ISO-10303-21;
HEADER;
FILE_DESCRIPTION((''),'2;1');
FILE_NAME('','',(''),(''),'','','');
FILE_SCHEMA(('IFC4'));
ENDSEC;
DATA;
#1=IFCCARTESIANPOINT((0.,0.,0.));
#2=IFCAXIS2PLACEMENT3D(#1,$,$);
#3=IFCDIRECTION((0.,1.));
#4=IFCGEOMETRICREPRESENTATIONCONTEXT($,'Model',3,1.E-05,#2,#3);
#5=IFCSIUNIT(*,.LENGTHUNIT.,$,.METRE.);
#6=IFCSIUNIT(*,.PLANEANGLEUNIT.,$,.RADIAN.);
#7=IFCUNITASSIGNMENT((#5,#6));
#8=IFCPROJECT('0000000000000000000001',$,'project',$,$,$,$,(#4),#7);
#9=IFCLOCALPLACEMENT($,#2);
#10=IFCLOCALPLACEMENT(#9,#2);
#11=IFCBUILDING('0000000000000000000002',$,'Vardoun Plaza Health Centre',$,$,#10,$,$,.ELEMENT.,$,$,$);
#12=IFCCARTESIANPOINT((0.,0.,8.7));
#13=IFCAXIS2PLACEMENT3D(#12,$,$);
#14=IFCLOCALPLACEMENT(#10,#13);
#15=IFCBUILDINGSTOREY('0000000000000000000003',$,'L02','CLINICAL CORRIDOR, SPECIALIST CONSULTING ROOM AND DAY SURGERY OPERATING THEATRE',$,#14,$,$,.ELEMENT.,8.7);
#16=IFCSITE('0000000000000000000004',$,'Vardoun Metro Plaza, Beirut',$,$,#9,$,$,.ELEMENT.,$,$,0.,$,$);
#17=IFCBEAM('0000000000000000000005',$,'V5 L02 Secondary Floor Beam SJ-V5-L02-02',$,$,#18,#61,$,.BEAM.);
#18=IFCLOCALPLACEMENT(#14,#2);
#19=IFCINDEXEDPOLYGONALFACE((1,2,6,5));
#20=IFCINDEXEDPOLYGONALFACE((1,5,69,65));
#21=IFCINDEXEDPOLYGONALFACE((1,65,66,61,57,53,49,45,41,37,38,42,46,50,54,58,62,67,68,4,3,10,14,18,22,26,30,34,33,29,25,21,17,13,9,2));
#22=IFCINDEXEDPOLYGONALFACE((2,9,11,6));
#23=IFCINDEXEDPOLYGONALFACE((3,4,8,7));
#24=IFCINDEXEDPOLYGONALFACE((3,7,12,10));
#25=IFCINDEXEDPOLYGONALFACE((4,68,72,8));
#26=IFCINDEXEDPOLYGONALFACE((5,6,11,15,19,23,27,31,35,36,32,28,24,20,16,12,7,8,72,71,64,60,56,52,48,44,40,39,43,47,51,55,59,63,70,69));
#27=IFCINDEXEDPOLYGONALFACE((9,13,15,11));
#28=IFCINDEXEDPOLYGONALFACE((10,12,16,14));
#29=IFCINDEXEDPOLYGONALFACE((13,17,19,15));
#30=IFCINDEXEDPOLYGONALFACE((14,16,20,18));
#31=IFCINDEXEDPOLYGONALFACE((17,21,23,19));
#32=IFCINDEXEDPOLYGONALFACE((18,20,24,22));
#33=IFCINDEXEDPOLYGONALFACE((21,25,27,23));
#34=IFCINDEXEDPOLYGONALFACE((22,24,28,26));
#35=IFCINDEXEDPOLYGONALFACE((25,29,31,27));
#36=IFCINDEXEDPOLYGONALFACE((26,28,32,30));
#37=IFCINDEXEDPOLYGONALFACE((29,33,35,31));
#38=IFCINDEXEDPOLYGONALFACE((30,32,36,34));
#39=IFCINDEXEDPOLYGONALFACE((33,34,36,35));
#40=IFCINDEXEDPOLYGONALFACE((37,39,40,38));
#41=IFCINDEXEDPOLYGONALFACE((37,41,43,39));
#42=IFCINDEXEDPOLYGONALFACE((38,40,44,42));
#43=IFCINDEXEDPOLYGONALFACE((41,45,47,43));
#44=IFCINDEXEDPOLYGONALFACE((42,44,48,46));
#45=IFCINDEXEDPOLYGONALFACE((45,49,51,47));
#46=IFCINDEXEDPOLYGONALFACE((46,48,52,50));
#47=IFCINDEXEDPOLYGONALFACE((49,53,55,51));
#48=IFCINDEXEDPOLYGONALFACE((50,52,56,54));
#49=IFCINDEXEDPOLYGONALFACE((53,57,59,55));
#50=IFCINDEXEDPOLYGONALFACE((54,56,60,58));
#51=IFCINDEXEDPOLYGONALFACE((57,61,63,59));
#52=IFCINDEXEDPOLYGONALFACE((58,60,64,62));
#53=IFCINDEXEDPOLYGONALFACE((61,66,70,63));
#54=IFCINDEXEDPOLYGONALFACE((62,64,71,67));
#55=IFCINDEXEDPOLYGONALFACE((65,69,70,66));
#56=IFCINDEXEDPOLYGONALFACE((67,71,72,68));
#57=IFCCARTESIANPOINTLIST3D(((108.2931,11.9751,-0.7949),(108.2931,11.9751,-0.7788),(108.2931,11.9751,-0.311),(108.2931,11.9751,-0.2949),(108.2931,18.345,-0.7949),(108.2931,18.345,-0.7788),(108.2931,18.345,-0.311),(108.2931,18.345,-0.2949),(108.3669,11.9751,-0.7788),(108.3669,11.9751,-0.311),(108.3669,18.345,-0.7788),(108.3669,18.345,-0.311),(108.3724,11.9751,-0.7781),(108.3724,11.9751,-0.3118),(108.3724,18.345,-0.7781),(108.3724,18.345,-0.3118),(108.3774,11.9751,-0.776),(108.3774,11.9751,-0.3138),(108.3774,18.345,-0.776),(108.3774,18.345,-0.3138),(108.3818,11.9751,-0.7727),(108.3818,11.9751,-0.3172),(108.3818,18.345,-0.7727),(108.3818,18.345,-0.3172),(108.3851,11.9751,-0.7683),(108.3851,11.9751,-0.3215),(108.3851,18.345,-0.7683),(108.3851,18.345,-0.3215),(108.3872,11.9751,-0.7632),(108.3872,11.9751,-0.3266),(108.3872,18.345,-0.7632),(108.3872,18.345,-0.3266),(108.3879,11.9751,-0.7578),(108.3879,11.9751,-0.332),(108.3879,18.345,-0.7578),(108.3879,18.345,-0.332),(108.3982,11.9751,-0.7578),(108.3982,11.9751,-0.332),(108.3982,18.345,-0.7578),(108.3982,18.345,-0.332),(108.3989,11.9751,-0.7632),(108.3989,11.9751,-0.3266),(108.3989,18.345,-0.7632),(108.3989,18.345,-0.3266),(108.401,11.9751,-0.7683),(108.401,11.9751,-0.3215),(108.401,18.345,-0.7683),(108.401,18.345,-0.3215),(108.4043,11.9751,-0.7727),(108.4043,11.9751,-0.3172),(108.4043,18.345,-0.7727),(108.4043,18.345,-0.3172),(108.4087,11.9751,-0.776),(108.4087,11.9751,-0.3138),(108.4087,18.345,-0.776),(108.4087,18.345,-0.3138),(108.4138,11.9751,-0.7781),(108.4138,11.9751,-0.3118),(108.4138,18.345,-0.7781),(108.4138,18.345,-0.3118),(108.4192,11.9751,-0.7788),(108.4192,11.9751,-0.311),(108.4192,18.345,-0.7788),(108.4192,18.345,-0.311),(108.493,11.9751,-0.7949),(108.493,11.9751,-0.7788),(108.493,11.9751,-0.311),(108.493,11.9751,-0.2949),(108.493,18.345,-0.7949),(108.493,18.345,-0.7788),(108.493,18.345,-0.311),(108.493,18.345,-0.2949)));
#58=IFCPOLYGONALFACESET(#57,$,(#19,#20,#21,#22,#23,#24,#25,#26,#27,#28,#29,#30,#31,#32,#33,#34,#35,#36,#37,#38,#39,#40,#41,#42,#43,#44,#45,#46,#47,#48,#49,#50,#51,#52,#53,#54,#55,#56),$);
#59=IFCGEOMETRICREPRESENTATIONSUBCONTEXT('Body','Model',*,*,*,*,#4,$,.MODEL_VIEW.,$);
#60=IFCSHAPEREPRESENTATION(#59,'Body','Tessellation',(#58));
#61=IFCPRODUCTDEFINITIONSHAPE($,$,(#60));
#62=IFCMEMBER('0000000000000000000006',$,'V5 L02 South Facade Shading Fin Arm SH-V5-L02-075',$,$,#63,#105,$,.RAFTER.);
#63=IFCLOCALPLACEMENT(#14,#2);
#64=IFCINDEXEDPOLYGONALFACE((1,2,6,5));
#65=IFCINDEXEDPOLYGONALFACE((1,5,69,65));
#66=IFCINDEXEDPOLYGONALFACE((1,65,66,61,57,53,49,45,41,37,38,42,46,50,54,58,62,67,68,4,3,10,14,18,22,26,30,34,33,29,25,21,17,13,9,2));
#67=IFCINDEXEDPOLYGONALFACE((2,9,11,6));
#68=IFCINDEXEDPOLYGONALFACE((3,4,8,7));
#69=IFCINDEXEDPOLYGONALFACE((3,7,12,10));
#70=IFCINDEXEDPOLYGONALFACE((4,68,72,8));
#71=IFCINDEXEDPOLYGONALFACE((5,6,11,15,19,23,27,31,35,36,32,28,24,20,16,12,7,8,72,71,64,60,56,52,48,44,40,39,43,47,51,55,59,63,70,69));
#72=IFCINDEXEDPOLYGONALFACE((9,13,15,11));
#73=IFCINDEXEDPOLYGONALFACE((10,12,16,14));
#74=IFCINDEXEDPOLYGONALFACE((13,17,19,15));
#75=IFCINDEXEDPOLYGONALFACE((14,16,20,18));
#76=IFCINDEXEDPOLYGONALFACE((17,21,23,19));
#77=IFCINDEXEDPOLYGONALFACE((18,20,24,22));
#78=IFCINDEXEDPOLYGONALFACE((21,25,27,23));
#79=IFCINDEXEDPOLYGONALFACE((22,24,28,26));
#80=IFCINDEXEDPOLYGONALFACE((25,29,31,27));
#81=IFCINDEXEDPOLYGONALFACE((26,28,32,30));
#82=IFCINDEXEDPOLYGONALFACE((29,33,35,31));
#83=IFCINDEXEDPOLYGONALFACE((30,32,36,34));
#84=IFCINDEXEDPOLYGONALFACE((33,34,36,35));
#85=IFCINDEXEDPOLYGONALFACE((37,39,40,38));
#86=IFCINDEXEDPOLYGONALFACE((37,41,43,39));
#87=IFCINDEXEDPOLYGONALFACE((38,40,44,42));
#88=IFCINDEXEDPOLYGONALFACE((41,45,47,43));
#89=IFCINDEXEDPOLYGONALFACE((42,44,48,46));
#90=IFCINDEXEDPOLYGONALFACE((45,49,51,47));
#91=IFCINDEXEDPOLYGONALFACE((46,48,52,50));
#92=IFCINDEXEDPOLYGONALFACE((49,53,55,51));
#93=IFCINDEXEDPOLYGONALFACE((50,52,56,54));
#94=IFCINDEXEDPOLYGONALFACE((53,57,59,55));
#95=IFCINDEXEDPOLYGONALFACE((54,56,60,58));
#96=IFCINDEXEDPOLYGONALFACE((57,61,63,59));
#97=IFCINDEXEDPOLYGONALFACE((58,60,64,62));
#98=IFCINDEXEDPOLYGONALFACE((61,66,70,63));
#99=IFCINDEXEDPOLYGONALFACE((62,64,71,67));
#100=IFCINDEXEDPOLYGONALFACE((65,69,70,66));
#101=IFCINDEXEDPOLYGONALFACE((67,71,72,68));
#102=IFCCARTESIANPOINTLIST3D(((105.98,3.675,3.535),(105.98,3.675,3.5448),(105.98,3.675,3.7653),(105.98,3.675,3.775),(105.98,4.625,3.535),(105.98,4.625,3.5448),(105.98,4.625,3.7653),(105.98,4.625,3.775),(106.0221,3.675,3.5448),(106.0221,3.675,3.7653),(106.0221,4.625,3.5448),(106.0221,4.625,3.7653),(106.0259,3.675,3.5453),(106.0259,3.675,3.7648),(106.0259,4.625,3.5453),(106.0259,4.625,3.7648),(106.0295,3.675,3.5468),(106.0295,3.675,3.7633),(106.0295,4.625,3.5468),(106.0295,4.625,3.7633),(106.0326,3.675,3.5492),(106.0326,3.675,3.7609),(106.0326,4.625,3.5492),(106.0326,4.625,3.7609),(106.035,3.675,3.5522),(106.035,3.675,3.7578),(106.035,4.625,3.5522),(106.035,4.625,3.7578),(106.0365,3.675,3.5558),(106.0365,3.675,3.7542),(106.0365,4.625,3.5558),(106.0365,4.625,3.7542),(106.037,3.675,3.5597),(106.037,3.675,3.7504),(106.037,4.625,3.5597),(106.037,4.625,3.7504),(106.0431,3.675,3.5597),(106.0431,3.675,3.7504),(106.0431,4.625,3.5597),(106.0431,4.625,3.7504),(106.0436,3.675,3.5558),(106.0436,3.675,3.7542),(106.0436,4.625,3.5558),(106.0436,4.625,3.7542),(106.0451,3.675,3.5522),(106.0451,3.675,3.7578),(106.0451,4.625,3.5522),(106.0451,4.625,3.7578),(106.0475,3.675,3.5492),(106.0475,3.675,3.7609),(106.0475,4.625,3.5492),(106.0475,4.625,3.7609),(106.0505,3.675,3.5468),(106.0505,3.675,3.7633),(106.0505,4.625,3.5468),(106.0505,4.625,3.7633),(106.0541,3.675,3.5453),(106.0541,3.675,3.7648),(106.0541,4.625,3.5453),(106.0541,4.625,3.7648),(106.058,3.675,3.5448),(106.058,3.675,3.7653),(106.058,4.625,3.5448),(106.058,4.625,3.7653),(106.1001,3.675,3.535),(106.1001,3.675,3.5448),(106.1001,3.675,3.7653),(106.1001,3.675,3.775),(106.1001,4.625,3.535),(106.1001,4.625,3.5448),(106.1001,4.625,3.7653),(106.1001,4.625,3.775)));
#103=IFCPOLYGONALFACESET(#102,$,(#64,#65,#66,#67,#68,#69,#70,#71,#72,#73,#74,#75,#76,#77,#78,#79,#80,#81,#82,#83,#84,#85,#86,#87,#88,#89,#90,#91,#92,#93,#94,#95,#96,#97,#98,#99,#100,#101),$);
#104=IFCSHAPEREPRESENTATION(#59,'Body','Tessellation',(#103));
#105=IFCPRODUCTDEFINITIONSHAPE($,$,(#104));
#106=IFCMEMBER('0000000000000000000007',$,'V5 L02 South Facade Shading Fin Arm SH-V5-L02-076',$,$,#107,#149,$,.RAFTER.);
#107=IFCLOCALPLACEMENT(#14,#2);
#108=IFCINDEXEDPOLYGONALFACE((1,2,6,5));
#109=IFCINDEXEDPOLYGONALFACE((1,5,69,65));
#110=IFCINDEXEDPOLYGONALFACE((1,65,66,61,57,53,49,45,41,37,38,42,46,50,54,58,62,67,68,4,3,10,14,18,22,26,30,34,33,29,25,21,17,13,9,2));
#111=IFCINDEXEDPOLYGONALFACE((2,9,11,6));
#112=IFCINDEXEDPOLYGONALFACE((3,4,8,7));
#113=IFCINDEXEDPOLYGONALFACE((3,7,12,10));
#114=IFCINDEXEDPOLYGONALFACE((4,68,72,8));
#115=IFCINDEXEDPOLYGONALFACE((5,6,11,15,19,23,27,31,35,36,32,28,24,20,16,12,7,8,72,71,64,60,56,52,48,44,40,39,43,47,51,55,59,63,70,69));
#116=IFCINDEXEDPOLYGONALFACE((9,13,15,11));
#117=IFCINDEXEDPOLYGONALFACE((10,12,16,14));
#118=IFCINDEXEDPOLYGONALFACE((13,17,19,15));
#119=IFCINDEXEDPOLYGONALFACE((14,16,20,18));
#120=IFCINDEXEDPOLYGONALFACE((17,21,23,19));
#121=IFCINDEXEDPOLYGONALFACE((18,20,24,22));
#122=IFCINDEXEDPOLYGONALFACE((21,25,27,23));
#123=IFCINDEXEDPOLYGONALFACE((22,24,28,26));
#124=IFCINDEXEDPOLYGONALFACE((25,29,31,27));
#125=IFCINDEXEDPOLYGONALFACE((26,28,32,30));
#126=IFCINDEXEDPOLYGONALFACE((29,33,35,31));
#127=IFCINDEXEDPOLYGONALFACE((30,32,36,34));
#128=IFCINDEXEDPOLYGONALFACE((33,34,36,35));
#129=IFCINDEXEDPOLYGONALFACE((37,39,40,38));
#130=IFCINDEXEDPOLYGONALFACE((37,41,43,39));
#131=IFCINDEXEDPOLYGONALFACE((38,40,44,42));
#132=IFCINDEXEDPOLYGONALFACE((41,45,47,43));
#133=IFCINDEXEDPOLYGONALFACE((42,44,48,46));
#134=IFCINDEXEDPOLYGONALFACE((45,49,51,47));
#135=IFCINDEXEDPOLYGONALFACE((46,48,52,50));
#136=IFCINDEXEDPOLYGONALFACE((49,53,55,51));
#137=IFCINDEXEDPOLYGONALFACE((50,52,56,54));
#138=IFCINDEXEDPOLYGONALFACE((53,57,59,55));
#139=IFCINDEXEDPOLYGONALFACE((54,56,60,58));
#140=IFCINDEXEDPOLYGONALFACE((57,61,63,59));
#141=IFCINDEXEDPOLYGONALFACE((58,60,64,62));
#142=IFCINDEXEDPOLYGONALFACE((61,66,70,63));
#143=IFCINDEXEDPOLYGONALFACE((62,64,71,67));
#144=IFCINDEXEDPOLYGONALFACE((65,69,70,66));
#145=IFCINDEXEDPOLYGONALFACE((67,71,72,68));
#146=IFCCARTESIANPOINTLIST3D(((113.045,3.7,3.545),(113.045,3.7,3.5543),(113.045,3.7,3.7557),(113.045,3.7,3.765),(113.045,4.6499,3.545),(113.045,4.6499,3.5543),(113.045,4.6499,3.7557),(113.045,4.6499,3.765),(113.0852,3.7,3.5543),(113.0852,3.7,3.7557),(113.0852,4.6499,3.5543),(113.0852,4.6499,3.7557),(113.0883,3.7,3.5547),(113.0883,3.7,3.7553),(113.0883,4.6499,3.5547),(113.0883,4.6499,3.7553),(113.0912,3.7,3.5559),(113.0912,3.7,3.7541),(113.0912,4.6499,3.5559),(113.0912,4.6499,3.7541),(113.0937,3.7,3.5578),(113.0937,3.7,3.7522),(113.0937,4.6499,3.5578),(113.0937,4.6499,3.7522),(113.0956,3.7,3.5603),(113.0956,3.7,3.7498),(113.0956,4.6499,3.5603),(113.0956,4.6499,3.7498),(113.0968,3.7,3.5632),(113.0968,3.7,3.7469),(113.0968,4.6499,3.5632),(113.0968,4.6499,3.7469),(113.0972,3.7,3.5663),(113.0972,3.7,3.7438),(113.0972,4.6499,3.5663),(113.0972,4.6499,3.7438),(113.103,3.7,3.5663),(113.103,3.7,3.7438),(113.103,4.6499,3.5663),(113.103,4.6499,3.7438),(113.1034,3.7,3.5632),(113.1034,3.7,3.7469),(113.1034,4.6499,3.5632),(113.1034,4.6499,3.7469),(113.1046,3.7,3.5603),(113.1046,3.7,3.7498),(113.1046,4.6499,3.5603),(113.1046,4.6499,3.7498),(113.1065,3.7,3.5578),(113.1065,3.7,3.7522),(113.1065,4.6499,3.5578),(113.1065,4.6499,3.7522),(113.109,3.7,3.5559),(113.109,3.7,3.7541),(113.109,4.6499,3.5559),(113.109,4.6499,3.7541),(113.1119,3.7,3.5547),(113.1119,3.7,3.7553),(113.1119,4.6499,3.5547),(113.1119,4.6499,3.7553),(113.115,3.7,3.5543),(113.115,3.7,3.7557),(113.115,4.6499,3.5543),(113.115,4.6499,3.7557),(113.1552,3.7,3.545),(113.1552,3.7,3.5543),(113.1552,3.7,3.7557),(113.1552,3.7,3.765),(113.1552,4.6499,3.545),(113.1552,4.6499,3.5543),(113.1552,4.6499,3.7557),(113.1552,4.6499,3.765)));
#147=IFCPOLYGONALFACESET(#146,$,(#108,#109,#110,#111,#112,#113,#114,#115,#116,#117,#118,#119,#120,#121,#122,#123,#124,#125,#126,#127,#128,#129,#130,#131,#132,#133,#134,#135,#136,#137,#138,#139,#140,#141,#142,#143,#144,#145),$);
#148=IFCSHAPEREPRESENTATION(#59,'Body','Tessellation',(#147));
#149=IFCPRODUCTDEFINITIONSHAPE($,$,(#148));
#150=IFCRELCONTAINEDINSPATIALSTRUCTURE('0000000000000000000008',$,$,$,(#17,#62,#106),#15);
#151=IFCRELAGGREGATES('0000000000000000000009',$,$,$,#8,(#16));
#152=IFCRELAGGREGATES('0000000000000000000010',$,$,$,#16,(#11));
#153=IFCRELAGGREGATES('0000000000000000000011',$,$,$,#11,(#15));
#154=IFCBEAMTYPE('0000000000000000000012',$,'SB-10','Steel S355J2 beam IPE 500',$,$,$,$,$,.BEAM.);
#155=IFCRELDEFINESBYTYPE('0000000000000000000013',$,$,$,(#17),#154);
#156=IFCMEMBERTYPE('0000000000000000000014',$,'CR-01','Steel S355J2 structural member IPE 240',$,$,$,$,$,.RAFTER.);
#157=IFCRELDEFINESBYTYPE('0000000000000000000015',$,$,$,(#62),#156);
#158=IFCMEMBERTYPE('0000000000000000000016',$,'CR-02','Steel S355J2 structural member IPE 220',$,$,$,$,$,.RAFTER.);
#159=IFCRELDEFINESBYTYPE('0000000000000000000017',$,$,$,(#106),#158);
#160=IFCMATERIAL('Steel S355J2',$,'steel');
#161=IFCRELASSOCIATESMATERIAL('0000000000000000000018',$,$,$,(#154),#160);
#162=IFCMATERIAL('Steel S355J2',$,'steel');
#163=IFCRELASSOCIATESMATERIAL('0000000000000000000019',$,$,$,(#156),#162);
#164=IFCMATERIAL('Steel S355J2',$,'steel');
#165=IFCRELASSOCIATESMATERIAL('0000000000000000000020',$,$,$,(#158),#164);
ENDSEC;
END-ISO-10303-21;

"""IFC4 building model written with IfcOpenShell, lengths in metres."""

from ifc_helpers import new_model, si_unit, direction, frame, origin, origin_2d, place, context, subcontext, project, spatial, i_section, extrude, material, material_profile, profile_set, type_object, element, save


model = new_model("IFC4")

# Units and contexts
model_context = context("Model", 3, precision=1e-05, world=origin(), true_north=direction((0.0, 1.0)))
body_context = subcontext(model_context, "Body", "Model", "MODEL_VIEW")
ifc_project = project(units=[si_unit("LENGTHUNIT", "METRE"), si_unit("PLANEANGLEUNIT", "RADIAN")], contexts=[model_context])

# Site, building, storey
site_placement = place(None, origin())
site = spatial("IfcSite", under=ifc_project, at=site_placement, Name="Vardoun Metro Plaza, Beirut", CompositionType="ELEMENT", RefElevation=0.0)
building_placement = place(site_placement, origin())
building = spatial("IfcBuilding", under=site, at=building_placement, Name="Vardoun Plaza Health Centre", CompositionType="ELEMENT")
storey_placement = place(building_placement, frame((0.0, 0.0, 8.7)))
storey = spatial("IfcBuildingStorey", under=building, at=storey_placement, Name="L02", Description="CLINICAL CORRIDOR, SPECIALIST CONSULTING ROOM AND DAY SURGERY OPERATING THEATRE", CompositionType="ELEMENT", Elevation=8.7)

# Beam
ifc_material_1 = material(Name="Steel S355J2", Category="steel")
ifc_material_profile_1 = material_profile(ifc_material_1, i_section(OverallWidth=0.2, OverallDepth=0.5, WebThickness=0.0103, FlangeThickness=0.0161, FilletRadius=0.021, at=origin_2d()), Name="IPE 500")
ifc_profile_set_1 = profile_set([ifc_material_profile_1], Name="Steel S355J2")
beam_type_1 = type_object("IfcBeamType", Name="SB-10", Description="Steel S355J2 beam IPE 500", PredefinedType="BEAM", material=ifc_profile_set_1)
beam_1_placement = place(storey_placement, frame((108.3931, 11.9751, -0.5449), z_axis=(0.0, 1.0, 0.0), x_axis=(-1.0, 0.0, 0.0)))
element("IfcBeam", 1, at=beam_1_placement, inside=storey, type_object=beam_type_1, Name="V5 L02 Secondary Floor Beam SJ-V5-L02-02", PredefinedType="BEAM", context=body_context, shape_type="SweptSolid", body=[
    extrude(i_section(OverallWidth=0.2, OverallDepth=0.5, WebThickness=0.0103, FlangeThickness=0.0161, FilletRadius=0.021, at=origin_2d()), origin(), (0.0, 0.0, 1.0), 6.3699),
])

# Members
ifc_material_2 = material(Name="Steel S355J2", Category="steel")
ifc_material_profile_2 = material_profile(ifc_material_2, i_section(OverallWidth=0.1201, OverallDepth=0.24, WebThickness=0.0061, FlangeThickness=0.0098, FilletRadius=0.0149, at=origin_2d()), Name="IPE 240")
ifc_profile_set_2 = profile_set([ifc_material_profile_2], Name="Steel S355J2")
member_type_1 = type_object("IfcMemberType", Name="CR-01", Description="Steel S355J2 structural member IPE 240", PredefinedType="RAFTER", material=ifc_profile_set_2)
member_1_placement = place(storey_placement, frame((106.04, 4.625, 3.655), z_axis=(0.0, -1.0, 0.0), x_axis=(1.0, 0.0, 0.0)))
element("IfcMember", 2, at=member_1_placement, inside=storey, type_object=member_type_1, Name="V5 L02 South Facade Shading Fin Arm SH-V5-L02-075", PredefinedType="RAFTER", context=body_context, shape_type="SweptSolid", body=[
    extrude(i_section(OverallWidth=0.1201, OverallDepth=0.24, WebThickness=0.0061, FlangeThickness=0.0098, FilletRadius=0.0149, at=origin_2d()), origin(), (0.0, 0.0, 1.0), 0.95),
])
ifc_material_3 = material(Name="Steel S355J2", Category="steel")
ifc_material_profile_3 = material_profile(ifc_material_3, i_section(OverallWidth=0.1101, OverallDepth=0.22, WebThickness=0.0059, FlangeThickness=0.0093, FilletRadius=0.012, at=origin_2d()), Name="IPE 220")
ifc_profile_set_3 = profile_set([ifc_material_profile_3], Name="Steel S355J2")
member_type_2 = type_object("IfcMemberType", Name="CR-02", Description="Steel S355J2 structural member IPE 220", PredefinedType="RAFTER", material=ifc_profile_set_3)
member_2_placement = place(storey_placement, frame((113.1001, 4.6499, 3.655), z_axis=(0.0, -1.0, 0.0), x_axis=(1.0, 0.0, 0.0)))
element("IfcMember", 3, at=member_2_placement, inside=storey, type_object=member_type_2, Name="V5 L02 South Facade Shading Fin Arm SH-V5-L02-076", PredefinedType="RAFTER", context=body_context, shape_type="SweptSolid", body=[
    extrude(i_section(OverallWidth=0.1101, OverallDepth=0.22, WebThickness=0.0059, FlangeThickness=0.0093, FilletRadius=0.012, at=origin_2d()), origin(), (0.0, 0.0, 1.0), 0.95),
])

save(model, "model.ifc")
